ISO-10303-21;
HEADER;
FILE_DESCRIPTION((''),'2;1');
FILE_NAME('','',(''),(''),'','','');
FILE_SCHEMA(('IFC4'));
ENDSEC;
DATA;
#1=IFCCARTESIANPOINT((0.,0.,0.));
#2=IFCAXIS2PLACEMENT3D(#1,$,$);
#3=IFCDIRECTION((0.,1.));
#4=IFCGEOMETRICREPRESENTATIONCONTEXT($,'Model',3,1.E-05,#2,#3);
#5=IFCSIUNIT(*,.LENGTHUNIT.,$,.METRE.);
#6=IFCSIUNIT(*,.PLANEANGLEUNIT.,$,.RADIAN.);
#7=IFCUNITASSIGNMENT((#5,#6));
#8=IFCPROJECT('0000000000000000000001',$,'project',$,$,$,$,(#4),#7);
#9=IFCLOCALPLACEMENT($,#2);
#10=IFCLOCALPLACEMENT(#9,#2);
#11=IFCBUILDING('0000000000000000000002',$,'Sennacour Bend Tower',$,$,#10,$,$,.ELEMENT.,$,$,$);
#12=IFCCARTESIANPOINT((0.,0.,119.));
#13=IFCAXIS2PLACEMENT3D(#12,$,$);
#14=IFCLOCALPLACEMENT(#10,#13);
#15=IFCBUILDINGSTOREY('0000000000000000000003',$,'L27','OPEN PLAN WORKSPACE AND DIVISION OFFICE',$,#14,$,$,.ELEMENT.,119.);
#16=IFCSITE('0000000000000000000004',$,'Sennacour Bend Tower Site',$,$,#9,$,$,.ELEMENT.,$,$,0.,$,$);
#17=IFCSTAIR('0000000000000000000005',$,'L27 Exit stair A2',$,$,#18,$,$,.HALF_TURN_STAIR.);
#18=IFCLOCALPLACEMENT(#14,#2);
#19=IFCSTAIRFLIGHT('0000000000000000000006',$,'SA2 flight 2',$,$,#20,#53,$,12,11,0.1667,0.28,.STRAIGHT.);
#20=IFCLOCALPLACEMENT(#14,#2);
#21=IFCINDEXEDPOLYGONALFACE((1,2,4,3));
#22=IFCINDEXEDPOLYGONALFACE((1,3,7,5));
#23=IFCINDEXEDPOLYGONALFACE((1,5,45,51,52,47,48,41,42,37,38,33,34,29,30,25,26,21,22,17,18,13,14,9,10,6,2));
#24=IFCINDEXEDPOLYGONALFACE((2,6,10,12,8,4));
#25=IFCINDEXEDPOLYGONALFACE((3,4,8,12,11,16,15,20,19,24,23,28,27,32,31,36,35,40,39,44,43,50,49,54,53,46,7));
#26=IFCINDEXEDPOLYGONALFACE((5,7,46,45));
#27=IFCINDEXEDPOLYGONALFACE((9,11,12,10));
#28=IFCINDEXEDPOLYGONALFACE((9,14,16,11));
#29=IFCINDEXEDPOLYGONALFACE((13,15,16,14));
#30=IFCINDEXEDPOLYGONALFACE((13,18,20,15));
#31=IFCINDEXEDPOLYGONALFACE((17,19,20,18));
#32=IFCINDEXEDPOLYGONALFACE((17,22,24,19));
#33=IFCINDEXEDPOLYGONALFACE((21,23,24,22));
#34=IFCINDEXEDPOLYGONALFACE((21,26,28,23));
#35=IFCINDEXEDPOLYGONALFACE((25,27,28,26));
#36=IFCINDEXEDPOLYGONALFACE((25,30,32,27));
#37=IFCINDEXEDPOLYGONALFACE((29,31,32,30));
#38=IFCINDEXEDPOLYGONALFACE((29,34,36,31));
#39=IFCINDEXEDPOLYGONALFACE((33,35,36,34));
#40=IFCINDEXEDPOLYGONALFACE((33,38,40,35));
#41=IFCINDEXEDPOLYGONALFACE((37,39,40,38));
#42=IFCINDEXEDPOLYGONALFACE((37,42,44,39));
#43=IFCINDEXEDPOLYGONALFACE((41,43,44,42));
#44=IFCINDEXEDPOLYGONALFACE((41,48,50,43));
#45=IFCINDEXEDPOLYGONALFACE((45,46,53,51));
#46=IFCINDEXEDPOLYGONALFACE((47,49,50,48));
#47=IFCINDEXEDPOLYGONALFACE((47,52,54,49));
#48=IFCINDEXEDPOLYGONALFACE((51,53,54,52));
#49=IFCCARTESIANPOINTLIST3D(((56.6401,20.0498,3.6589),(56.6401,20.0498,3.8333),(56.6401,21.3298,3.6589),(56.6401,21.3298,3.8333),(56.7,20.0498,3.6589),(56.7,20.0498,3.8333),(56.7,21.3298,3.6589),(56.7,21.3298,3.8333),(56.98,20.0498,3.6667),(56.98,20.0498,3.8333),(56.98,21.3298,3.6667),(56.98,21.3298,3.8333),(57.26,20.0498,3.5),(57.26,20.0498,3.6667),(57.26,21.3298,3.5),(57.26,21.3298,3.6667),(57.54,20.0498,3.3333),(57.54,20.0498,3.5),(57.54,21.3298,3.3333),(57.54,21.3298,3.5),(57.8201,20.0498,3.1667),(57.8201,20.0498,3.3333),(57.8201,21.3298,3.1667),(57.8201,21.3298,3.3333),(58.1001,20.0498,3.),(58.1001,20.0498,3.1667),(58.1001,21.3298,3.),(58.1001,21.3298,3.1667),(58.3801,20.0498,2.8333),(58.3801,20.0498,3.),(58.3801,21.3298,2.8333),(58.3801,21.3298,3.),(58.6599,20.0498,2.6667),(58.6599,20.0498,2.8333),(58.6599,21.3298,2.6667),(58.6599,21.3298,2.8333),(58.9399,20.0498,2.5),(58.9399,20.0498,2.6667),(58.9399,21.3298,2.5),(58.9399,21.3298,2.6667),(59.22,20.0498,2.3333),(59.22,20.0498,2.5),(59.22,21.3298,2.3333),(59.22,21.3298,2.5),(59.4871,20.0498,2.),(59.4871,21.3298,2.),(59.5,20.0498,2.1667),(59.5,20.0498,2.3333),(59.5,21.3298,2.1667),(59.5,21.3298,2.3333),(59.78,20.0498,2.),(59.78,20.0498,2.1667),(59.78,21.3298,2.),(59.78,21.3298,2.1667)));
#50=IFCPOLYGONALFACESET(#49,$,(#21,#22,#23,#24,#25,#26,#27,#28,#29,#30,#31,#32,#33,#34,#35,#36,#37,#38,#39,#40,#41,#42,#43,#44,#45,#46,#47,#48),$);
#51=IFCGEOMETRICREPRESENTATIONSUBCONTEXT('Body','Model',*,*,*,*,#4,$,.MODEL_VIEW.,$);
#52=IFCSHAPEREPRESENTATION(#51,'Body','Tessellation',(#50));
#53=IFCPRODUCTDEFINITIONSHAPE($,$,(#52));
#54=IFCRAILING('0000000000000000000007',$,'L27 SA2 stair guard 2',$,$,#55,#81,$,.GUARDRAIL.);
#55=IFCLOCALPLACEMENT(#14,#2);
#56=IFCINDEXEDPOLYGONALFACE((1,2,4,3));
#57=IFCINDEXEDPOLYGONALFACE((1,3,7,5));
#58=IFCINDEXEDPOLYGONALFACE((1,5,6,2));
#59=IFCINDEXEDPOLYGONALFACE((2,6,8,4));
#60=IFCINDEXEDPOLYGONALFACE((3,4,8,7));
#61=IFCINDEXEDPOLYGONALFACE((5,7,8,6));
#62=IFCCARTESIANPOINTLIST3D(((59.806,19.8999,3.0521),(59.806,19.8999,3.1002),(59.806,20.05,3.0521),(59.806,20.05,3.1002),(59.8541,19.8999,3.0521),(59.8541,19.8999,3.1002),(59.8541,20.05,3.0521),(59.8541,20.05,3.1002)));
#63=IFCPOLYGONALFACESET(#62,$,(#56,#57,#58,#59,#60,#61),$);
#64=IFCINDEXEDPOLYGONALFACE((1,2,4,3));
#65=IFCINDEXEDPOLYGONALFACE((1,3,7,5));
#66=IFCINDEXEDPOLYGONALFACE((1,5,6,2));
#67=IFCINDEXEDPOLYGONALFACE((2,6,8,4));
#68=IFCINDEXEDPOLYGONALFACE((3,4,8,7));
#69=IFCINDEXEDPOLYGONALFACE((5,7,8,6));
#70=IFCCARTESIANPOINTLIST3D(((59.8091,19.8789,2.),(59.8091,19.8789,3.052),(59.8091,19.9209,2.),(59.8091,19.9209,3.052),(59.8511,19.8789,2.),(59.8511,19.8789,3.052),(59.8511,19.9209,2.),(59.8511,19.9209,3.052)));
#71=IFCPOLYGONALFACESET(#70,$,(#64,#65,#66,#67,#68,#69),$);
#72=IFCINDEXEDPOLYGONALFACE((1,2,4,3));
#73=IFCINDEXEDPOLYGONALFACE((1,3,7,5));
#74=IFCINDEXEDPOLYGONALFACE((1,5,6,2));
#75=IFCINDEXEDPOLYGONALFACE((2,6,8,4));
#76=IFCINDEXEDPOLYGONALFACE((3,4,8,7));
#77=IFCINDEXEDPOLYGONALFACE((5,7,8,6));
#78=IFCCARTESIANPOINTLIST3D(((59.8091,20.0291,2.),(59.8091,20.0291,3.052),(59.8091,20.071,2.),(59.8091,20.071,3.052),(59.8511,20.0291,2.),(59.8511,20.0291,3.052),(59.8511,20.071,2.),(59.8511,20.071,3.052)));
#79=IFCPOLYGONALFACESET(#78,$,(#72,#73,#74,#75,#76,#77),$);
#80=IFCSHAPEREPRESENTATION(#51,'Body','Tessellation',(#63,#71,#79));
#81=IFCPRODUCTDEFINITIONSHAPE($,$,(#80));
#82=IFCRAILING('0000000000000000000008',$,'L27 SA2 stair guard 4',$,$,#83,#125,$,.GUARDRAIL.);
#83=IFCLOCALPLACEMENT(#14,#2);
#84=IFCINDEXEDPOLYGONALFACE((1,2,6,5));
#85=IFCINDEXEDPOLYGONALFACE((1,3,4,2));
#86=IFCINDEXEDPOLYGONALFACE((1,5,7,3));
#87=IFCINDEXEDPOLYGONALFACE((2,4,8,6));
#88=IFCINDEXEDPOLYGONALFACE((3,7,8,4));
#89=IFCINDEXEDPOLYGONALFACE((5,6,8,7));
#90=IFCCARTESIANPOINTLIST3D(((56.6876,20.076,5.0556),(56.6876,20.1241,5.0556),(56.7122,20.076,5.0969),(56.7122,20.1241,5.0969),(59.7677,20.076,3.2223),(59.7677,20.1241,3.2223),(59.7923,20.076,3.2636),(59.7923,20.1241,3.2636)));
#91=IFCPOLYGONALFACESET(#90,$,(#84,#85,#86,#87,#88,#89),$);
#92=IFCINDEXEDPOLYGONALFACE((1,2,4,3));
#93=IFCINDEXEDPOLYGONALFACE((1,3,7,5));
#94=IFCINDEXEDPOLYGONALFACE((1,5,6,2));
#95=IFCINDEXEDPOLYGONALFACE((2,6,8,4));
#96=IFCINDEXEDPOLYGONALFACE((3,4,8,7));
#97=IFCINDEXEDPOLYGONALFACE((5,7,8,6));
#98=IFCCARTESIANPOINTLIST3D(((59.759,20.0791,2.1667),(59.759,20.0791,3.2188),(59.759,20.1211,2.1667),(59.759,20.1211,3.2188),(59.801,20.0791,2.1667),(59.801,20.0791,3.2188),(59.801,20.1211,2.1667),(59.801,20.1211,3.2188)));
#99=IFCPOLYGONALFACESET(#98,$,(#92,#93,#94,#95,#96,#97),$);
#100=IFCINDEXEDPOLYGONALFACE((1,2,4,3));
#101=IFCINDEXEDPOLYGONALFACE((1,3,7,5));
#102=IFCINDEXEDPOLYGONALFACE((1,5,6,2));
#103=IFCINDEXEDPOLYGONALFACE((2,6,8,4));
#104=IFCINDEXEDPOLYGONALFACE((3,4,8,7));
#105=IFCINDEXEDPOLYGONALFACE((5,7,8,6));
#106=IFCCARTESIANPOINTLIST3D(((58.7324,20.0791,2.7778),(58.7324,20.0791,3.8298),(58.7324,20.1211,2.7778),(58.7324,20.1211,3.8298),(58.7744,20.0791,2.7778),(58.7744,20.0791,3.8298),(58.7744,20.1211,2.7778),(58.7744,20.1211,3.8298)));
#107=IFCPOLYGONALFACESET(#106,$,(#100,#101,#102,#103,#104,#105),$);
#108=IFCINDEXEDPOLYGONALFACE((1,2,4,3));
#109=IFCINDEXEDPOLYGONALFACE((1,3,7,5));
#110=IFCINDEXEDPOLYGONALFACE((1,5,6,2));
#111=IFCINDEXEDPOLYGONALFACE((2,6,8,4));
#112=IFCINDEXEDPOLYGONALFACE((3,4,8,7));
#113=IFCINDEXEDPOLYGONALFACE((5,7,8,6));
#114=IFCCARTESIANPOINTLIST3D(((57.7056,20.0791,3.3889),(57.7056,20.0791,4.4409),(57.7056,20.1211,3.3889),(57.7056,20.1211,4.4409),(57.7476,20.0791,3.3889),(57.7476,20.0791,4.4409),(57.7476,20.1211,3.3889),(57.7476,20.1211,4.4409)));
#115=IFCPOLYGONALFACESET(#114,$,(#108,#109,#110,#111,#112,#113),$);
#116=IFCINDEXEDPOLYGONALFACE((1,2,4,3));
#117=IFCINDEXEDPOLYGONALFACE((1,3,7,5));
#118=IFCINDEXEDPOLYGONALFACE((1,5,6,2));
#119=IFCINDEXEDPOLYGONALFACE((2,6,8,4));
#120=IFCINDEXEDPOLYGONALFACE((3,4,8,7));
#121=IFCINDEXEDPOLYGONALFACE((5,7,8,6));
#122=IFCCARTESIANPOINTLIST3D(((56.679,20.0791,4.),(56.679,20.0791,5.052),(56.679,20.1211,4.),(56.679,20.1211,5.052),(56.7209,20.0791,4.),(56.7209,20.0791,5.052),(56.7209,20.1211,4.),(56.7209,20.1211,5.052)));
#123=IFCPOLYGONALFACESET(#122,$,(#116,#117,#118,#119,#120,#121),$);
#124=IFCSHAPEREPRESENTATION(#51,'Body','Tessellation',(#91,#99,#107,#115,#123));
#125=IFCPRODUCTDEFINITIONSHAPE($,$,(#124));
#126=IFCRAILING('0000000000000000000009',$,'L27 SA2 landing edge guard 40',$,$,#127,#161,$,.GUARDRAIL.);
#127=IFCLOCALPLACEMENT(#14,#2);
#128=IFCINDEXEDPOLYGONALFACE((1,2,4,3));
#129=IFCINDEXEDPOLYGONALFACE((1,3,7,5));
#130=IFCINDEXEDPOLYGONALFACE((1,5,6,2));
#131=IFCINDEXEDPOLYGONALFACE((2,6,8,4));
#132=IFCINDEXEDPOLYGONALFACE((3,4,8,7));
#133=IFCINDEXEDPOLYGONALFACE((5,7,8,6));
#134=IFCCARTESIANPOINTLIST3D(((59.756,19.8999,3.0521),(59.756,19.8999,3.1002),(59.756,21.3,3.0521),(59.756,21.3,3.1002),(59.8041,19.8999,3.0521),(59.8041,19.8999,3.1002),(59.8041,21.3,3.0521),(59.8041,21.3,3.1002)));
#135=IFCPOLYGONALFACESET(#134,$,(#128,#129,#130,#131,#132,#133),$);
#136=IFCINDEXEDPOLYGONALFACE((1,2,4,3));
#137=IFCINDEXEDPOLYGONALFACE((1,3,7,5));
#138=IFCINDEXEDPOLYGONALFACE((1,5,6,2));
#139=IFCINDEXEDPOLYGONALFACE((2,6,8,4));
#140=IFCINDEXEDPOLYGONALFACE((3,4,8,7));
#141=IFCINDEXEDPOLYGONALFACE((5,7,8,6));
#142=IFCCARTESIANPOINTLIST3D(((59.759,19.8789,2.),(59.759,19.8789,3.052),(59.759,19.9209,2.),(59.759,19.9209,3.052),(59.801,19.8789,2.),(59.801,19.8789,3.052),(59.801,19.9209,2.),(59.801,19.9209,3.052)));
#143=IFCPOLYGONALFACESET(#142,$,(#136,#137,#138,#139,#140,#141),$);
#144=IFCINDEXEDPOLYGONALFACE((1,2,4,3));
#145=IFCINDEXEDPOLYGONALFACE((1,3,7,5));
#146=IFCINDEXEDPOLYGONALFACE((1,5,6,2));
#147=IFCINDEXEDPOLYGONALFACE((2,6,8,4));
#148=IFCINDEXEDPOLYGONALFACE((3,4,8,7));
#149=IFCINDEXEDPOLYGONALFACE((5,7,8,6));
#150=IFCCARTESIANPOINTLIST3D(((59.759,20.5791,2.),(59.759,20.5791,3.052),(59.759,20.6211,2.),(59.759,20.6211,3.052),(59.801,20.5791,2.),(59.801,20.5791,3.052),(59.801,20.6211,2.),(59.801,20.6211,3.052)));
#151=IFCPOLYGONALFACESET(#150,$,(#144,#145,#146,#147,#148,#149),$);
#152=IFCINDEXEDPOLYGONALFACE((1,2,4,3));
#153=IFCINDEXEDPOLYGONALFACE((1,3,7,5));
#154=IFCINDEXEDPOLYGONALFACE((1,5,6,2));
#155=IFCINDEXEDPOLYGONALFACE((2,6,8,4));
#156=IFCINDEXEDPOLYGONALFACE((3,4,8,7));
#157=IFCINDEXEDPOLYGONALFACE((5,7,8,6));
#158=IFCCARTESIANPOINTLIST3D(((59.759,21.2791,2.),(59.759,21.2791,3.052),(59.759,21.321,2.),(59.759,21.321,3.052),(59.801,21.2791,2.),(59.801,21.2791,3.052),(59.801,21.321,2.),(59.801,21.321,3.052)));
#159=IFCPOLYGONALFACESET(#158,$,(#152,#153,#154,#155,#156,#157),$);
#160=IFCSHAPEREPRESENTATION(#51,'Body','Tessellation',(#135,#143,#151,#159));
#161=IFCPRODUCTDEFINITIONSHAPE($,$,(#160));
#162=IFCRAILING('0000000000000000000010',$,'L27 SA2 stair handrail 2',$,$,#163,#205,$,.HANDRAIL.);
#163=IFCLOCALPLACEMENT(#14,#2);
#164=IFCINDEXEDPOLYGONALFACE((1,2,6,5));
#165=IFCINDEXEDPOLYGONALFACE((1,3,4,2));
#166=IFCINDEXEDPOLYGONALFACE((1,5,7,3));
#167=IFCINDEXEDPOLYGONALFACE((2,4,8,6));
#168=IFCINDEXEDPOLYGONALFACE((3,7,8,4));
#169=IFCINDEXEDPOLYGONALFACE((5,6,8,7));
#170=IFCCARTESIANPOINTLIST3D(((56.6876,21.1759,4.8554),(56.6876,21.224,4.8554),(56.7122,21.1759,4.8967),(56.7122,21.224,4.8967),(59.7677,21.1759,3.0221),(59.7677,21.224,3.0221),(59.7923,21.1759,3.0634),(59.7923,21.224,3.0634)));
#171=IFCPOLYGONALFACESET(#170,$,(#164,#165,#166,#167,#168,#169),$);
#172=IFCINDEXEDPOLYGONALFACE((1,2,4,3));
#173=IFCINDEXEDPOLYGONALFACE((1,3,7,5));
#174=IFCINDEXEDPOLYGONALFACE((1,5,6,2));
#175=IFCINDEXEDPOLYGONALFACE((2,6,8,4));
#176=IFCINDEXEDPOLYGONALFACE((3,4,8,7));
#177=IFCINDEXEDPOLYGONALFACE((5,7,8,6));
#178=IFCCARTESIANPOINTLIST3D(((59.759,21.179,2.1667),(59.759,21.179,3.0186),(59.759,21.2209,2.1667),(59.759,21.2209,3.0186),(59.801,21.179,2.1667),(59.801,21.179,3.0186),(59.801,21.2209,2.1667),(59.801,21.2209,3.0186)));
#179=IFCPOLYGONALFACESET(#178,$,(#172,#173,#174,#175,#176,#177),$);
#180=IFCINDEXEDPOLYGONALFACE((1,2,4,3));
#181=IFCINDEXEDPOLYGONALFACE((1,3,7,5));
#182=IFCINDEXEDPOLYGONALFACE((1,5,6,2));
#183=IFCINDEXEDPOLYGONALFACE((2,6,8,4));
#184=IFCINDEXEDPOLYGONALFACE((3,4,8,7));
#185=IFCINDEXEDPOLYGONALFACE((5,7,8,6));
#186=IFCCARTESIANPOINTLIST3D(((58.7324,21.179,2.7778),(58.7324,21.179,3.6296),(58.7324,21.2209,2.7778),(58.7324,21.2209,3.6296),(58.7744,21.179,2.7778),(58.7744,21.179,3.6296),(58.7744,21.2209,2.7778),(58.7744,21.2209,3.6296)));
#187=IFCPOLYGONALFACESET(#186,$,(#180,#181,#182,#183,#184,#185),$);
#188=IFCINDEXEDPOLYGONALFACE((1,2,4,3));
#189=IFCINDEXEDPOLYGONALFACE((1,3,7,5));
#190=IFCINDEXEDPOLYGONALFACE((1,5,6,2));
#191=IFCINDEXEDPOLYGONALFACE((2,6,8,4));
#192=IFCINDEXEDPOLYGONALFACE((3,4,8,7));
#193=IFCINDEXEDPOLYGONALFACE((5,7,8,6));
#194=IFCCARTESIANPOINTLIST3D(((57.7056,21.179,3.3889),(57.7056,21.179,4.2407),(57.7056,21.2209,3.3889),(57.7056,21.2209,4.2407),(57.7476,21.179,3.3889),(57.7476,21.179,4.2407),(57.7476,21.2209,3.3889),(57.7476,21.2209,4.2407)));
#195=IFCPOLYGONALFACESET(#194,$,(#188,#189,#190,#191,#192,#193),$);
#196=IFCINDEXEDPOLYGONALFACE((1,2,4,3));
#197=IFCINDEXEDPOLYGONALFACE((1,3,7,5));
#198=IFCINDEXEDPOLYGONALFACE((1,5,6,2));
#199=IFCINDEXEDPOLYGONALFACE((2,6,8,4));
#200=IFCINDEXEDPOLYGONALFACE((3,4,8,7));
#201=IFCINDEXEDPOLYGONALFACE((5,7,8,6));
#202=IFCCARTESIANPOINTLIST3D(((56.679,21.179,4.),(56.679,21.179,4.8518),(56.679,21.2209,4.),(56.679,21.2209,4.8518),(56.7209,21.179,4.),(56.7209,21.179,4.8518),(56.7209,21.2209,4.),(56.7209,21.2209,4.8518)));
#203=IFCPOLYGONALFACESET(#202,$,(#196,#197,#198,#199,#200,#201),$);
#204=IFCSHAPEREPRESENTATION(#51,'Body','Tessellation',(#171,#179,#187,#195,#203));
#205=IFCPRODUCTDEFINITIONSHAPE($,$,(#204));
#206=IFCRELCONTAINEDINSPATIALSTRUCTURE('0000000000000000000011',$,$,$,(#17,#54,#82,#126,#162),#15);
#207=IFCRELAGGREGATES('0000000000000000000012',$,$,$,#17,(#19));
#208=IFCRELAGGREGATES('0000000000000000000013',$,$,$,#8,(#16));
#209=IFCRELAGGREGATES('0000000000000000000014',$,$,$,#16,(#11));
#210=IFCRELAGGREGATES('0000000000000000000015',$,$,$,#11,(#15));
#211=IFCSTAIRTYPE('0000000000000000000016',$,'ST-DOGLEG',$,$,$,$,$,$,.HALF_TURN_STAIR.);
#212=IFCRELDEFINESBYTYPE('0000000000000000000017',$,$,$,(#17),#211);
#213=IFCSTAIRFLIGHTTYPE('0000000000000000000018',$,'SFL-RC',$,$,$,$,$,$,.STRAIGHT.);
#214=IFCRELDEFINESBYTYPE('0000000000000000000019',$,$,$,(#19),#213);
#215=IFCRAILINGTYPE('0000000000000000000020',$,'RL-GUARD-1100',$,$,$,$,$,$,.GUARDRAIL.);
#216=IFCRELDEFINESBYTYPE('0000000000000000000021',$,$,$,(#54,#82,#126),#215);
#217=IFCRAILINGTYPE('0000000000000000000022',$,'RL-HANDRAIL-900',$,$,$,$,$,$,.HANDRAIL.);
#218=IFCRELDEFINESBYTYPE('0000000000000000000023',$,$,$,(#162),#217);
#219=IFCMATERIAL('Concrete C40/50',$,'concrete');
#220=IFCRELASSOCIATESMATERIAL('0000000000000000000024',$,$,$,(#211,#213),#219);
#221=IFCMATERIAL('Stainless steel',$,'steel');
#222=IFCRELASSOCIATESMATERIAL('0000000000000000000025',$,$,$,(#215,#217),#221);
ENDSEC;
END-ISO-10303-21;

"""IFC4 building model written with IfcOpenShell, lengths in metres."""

from ifc_helpers import new_model, si_unit, direction, frame, origin, origin_2d, place, context, subcontext, project, spatial, polyline, rectangle, outline, extrude, material, type_object, element, aggregate, save


model = new_model("IFC4")

# Units and contexts
model_context = context("Model", 3, precision=1e-05, world=origin(), true_north=direction((0.0, 1.0)))
body_context = subcontext(model_context, "Body", "Model", "MODEL_VIEW")
ifc_project = project(units=[si_unit("LENGTHUNIT", "METRE"), si_unit("PLANEANGLEUNIT", "RADIAN")], contexts=[model_context])

# Site, building, storey
site_placement = place(None, origin())
site = spatial("IfcSite", under=ifc_project, at=site_placement, Name="Sennacour Bend Tower Site", CompositionType="ELEMENT", RefElevation=0.0)
building_placement = place(site_placement, origin())
building = spatial("IfcBuilding", under=site, at=building_placement, Name="Sennacour Bend Tower", CompositionType="ELEMENT")
storey_placement = place(building_placement, frame((0.0, 0.0, 119.0)))
storey = spatial("IfcBuildingStorey", under=building, at=storey_placement, Name="L27", Description="OPEN PLAN WORKSPACE AND DIVISION OFFICE", CompositionType="ELEMENT", Elevation=119.0)

# Shared definitions
ifc_material_1 = material(Name="Stainless steel", Category="steel")

# Stair, stair flight
ifc_material_2 = material(Name="Concrete C40/50", Category="concrete")
stair_type = type_object("IfcStairType", Name="ST-DOGLEG", PredefinedType="HALF_TURN_STAIR", material=ifc_material_2)
stair_placement = place(storey_placement, origin())
stair = element("IfcStair", 1, at=stair_placement, inside=storey, type_object=stair_type, Name="L27 Exit stair A2", PredefinedType="HALF_TURN_STAIR")
stair_flight_type = type_object("IfcStairFlightType", Name="SFL-RC", PredefinedType="STRAIGHT", material=ifc_material_2)
stair_flight_placement = place(storey_placement, frame((59.78, 20.6899, 2.0), z_axis=(0.0, 0.0, 1.0), x_axis=(-1.0, 0.0, 0.0)))
stair_flight = element("IfcStairFlight", 2, at=stair_flight_placement, type_object=stair_flight_type, Name="SA2 flight 2", NumberOfRisers=12, NumberOfTreads=11, PredefinedType="STRAIGHT", RiserHeight=0.1667, TreadLength=0.28, context=body_context, shape_type="SweptSolid", body=[
    extrude(outline(polyline([(0.0, 0.0), (0.0, 0.1667), (0.28, 0.1667), (0.28, 0.3333), (0.5601, 0.3333), (0.5601, 0.5), (0.8401, 0.5), (0.8401, 0.6667), (1.1201, 0.6667), (1.1201, 0.8333), (1.3999, 0.8333), (1.3999, 1.0), (1.6799, 1.0), (1.6799, 1.1667), (1.96, 1.1667), (1.96, 1.3333), (2.24, 1.3333), (2.24, 1.5), (2.52, 1.5), (2.52, 1.6667), (2.8, 1.6667), (2.8, 1.8333), (3.0801, 1.8333), (3.1399, 1.8333), (3.1399, 1.6589), (3.0801, 1.6589), (0.293, 0.0), (0.0, 0.0)])), frame((0.0, 0.6401, 0.0), z_axis=(0.0, -1.0, 0.0), x_axis=(1.0, 0.0, 0.0)), (0.0, 0.0, 1.0), 1.28),
])
aggregate(stair, [stair_flight])

# Railings
railing_type_1 = type_object("IfcRailingType", Name="RL-GUARD-1100", PredefinedType="GUARDRAIL", material=ifc_material_1)
railing_1_placement = place(storey_placement, frame((59.8301, 19.8999, 2.0)))
element("IfcRailing", 3, at=railing_1_placement, inside=storey, type_object=railing_type_1, Name="L27 SA2 stair guard 2", PredefinedType="GUARDRAIL", context=body_context, shape_type="SweptSolid", body=[
    extrude(rectangle(XDim=0.0481, YDim=0.0481, at=origin_2d()), frame((0.0, 0.0, 1.0762), z_axis=(0.0, 1.0, 0.0), x_axis=(-1.0, 0.0, 0.0)), (0.0, 0.0, 1.0), 0.1501),
    extrude(rectangle(XDim=0.042, YDim=0.042, at=origin_2d()), origin(), (0.0, 0.0, 1.0), 1.052),
    extrude(rectangle(XDim=0.042, YDim=0.042, at=origin_2d()), frame((0.0, 0.1501, 0.0)), (0.0, 0.0, 1.0), 1.052),
])
railing_2_placement = place(storey_placement, frame((59.78, 20.1001, 2.1667)))
element("IfcRailing", 4, at=railing_2_placement, inside=storey, type_object=railing_type_1, Name="L27 SA2 stair guard 4", PredefinedType="GUARDRAIL", context=body_context, shape_type="SweptSolid", body=[
    extrude(rectangle(XDim=0.0481, YDim=0.0481, at=origin_2d()), frame((0.0, 0.0, 1.0762), z_axis=(-0.859309, 0.0, 0.511458), x_axis=(0.0, -1.0, 0.0)), (0.0, 0.0, 1.0), 3.5845),
    extrude(rectangle(XDim=0.042, YDim=0.042, at=origin_2d()), origin(), (0.0, 0.0, 1.0), 1.052),
    extrude(rectangle(XDim=0.042, YDim=0.042, at=origin_2d()), frame((-1.0266, 0.0, 0.6111)), (0.0, 0.0, 1.0), 1.052),
    extrude(rectangle(XDim=0.042, YDim=0.042, at=origin_2d()), frame((-2.0535, 0.0, 1.2222)), (0.0, 0.0, 1.0), 1.052),
    extrude(rectangle(XDim=0.042, YDim=0.042, at=origin_2d()), frame((-3.0801, 0.0, 1.8333)), (0.0, 0.0, 1.0), 1.052),
])
railing_3_placement = place(storey_placement, frame((59.78, 19.8999, 2.0)))
element("IfcRailing", 5, at=railing_3_placement, inside=storey, type_object=railing_type_1, Name="L27 SA2 landing edge guard 40", PredefinedType="GUARDRAIL", context=body_context, shape_type="SweptSolid", body=[
    extrude(rectangle(XDim=0.0481, YDim=0.0481, at=origin_2d()), frame((0.0, 0.0, 1.0762), z_axis=(0.0, 1.0, 0.0), x_axis=(-1.0, 0.0, 0.0)), (0.0, 0.0, 1.0), 1.4001),
    extrude(rectangle(XDim=0.042, YDim=0.042, at=origin_2d()), origin(), (0.0, 0.0, 1.0), 1.052),
    extrude(rectangle(XDim=0.042, YDim=0.042, at=origin_2d()), frame((0.0, 0.7002, 0.0)), (0.0, 0.0, 1.0), 1.052),
    extrude(rectangle(XDim=0.042, YDim=0.042, at=origin_2d()), frame((0.0, 1.4001, 0.0)), (0.0, 0.0, 1.0), 1.052),
])
railing_type_2 = type_object("IfcRailingType", Name="RL-HANDRAIL-900", PredefinedType="HANDRAIL", material=ifc_material_1)
railing_4_placement = place(storey_placement, frame((59.78, 21.2, 2.1667)))
element("IfcRailing", 6, at=railing_4_placement, inside=storey, type_object=railing_type_2, Name="L27 SA2 stair handrail 2", PredefinedType="HANDRAIL", context=body_context, shape_type="SweptSolid", body=[
    extrude(rectangle(XDim=0.0481, YDim=0.0481, at=origin_2d()), frame((0.0, 0.0, 0.876), z_axis=(-0.859309, 0.0, 0.511458), x_axis=(0.0, -1.0, 0.0)), (0.0, 0.0, 1.0), 3.5845),
    extrude(rectangle(XDim=0.042, YDim=0.042, at=origin_2d()), origin(), (0.0, 0.0, 1.0), 0.8518),
    extrude(rectangle(XDim=0.042, YDim=0.042, at=origin_2d()), frame((-1.0266, 0.0, 0.6111)), (0.0, 0.0, 1.0), 0.8518),
    extrude(rectangle(XDim=0.042, YDim=0.042, at=origin_2d()), frame((-2.0535, 0.0, 1.2222)), (0.0, 0.0, 1.0), 0.8518),
    extrude(rectangle(XDim=0.042, YDim=0.042, at=origin_2d()), frame((-3.0801, 0.0, 1.8333)), (0.0, 0.0, 1.0), 0.8518),
])

save(model, "model.ifc")
